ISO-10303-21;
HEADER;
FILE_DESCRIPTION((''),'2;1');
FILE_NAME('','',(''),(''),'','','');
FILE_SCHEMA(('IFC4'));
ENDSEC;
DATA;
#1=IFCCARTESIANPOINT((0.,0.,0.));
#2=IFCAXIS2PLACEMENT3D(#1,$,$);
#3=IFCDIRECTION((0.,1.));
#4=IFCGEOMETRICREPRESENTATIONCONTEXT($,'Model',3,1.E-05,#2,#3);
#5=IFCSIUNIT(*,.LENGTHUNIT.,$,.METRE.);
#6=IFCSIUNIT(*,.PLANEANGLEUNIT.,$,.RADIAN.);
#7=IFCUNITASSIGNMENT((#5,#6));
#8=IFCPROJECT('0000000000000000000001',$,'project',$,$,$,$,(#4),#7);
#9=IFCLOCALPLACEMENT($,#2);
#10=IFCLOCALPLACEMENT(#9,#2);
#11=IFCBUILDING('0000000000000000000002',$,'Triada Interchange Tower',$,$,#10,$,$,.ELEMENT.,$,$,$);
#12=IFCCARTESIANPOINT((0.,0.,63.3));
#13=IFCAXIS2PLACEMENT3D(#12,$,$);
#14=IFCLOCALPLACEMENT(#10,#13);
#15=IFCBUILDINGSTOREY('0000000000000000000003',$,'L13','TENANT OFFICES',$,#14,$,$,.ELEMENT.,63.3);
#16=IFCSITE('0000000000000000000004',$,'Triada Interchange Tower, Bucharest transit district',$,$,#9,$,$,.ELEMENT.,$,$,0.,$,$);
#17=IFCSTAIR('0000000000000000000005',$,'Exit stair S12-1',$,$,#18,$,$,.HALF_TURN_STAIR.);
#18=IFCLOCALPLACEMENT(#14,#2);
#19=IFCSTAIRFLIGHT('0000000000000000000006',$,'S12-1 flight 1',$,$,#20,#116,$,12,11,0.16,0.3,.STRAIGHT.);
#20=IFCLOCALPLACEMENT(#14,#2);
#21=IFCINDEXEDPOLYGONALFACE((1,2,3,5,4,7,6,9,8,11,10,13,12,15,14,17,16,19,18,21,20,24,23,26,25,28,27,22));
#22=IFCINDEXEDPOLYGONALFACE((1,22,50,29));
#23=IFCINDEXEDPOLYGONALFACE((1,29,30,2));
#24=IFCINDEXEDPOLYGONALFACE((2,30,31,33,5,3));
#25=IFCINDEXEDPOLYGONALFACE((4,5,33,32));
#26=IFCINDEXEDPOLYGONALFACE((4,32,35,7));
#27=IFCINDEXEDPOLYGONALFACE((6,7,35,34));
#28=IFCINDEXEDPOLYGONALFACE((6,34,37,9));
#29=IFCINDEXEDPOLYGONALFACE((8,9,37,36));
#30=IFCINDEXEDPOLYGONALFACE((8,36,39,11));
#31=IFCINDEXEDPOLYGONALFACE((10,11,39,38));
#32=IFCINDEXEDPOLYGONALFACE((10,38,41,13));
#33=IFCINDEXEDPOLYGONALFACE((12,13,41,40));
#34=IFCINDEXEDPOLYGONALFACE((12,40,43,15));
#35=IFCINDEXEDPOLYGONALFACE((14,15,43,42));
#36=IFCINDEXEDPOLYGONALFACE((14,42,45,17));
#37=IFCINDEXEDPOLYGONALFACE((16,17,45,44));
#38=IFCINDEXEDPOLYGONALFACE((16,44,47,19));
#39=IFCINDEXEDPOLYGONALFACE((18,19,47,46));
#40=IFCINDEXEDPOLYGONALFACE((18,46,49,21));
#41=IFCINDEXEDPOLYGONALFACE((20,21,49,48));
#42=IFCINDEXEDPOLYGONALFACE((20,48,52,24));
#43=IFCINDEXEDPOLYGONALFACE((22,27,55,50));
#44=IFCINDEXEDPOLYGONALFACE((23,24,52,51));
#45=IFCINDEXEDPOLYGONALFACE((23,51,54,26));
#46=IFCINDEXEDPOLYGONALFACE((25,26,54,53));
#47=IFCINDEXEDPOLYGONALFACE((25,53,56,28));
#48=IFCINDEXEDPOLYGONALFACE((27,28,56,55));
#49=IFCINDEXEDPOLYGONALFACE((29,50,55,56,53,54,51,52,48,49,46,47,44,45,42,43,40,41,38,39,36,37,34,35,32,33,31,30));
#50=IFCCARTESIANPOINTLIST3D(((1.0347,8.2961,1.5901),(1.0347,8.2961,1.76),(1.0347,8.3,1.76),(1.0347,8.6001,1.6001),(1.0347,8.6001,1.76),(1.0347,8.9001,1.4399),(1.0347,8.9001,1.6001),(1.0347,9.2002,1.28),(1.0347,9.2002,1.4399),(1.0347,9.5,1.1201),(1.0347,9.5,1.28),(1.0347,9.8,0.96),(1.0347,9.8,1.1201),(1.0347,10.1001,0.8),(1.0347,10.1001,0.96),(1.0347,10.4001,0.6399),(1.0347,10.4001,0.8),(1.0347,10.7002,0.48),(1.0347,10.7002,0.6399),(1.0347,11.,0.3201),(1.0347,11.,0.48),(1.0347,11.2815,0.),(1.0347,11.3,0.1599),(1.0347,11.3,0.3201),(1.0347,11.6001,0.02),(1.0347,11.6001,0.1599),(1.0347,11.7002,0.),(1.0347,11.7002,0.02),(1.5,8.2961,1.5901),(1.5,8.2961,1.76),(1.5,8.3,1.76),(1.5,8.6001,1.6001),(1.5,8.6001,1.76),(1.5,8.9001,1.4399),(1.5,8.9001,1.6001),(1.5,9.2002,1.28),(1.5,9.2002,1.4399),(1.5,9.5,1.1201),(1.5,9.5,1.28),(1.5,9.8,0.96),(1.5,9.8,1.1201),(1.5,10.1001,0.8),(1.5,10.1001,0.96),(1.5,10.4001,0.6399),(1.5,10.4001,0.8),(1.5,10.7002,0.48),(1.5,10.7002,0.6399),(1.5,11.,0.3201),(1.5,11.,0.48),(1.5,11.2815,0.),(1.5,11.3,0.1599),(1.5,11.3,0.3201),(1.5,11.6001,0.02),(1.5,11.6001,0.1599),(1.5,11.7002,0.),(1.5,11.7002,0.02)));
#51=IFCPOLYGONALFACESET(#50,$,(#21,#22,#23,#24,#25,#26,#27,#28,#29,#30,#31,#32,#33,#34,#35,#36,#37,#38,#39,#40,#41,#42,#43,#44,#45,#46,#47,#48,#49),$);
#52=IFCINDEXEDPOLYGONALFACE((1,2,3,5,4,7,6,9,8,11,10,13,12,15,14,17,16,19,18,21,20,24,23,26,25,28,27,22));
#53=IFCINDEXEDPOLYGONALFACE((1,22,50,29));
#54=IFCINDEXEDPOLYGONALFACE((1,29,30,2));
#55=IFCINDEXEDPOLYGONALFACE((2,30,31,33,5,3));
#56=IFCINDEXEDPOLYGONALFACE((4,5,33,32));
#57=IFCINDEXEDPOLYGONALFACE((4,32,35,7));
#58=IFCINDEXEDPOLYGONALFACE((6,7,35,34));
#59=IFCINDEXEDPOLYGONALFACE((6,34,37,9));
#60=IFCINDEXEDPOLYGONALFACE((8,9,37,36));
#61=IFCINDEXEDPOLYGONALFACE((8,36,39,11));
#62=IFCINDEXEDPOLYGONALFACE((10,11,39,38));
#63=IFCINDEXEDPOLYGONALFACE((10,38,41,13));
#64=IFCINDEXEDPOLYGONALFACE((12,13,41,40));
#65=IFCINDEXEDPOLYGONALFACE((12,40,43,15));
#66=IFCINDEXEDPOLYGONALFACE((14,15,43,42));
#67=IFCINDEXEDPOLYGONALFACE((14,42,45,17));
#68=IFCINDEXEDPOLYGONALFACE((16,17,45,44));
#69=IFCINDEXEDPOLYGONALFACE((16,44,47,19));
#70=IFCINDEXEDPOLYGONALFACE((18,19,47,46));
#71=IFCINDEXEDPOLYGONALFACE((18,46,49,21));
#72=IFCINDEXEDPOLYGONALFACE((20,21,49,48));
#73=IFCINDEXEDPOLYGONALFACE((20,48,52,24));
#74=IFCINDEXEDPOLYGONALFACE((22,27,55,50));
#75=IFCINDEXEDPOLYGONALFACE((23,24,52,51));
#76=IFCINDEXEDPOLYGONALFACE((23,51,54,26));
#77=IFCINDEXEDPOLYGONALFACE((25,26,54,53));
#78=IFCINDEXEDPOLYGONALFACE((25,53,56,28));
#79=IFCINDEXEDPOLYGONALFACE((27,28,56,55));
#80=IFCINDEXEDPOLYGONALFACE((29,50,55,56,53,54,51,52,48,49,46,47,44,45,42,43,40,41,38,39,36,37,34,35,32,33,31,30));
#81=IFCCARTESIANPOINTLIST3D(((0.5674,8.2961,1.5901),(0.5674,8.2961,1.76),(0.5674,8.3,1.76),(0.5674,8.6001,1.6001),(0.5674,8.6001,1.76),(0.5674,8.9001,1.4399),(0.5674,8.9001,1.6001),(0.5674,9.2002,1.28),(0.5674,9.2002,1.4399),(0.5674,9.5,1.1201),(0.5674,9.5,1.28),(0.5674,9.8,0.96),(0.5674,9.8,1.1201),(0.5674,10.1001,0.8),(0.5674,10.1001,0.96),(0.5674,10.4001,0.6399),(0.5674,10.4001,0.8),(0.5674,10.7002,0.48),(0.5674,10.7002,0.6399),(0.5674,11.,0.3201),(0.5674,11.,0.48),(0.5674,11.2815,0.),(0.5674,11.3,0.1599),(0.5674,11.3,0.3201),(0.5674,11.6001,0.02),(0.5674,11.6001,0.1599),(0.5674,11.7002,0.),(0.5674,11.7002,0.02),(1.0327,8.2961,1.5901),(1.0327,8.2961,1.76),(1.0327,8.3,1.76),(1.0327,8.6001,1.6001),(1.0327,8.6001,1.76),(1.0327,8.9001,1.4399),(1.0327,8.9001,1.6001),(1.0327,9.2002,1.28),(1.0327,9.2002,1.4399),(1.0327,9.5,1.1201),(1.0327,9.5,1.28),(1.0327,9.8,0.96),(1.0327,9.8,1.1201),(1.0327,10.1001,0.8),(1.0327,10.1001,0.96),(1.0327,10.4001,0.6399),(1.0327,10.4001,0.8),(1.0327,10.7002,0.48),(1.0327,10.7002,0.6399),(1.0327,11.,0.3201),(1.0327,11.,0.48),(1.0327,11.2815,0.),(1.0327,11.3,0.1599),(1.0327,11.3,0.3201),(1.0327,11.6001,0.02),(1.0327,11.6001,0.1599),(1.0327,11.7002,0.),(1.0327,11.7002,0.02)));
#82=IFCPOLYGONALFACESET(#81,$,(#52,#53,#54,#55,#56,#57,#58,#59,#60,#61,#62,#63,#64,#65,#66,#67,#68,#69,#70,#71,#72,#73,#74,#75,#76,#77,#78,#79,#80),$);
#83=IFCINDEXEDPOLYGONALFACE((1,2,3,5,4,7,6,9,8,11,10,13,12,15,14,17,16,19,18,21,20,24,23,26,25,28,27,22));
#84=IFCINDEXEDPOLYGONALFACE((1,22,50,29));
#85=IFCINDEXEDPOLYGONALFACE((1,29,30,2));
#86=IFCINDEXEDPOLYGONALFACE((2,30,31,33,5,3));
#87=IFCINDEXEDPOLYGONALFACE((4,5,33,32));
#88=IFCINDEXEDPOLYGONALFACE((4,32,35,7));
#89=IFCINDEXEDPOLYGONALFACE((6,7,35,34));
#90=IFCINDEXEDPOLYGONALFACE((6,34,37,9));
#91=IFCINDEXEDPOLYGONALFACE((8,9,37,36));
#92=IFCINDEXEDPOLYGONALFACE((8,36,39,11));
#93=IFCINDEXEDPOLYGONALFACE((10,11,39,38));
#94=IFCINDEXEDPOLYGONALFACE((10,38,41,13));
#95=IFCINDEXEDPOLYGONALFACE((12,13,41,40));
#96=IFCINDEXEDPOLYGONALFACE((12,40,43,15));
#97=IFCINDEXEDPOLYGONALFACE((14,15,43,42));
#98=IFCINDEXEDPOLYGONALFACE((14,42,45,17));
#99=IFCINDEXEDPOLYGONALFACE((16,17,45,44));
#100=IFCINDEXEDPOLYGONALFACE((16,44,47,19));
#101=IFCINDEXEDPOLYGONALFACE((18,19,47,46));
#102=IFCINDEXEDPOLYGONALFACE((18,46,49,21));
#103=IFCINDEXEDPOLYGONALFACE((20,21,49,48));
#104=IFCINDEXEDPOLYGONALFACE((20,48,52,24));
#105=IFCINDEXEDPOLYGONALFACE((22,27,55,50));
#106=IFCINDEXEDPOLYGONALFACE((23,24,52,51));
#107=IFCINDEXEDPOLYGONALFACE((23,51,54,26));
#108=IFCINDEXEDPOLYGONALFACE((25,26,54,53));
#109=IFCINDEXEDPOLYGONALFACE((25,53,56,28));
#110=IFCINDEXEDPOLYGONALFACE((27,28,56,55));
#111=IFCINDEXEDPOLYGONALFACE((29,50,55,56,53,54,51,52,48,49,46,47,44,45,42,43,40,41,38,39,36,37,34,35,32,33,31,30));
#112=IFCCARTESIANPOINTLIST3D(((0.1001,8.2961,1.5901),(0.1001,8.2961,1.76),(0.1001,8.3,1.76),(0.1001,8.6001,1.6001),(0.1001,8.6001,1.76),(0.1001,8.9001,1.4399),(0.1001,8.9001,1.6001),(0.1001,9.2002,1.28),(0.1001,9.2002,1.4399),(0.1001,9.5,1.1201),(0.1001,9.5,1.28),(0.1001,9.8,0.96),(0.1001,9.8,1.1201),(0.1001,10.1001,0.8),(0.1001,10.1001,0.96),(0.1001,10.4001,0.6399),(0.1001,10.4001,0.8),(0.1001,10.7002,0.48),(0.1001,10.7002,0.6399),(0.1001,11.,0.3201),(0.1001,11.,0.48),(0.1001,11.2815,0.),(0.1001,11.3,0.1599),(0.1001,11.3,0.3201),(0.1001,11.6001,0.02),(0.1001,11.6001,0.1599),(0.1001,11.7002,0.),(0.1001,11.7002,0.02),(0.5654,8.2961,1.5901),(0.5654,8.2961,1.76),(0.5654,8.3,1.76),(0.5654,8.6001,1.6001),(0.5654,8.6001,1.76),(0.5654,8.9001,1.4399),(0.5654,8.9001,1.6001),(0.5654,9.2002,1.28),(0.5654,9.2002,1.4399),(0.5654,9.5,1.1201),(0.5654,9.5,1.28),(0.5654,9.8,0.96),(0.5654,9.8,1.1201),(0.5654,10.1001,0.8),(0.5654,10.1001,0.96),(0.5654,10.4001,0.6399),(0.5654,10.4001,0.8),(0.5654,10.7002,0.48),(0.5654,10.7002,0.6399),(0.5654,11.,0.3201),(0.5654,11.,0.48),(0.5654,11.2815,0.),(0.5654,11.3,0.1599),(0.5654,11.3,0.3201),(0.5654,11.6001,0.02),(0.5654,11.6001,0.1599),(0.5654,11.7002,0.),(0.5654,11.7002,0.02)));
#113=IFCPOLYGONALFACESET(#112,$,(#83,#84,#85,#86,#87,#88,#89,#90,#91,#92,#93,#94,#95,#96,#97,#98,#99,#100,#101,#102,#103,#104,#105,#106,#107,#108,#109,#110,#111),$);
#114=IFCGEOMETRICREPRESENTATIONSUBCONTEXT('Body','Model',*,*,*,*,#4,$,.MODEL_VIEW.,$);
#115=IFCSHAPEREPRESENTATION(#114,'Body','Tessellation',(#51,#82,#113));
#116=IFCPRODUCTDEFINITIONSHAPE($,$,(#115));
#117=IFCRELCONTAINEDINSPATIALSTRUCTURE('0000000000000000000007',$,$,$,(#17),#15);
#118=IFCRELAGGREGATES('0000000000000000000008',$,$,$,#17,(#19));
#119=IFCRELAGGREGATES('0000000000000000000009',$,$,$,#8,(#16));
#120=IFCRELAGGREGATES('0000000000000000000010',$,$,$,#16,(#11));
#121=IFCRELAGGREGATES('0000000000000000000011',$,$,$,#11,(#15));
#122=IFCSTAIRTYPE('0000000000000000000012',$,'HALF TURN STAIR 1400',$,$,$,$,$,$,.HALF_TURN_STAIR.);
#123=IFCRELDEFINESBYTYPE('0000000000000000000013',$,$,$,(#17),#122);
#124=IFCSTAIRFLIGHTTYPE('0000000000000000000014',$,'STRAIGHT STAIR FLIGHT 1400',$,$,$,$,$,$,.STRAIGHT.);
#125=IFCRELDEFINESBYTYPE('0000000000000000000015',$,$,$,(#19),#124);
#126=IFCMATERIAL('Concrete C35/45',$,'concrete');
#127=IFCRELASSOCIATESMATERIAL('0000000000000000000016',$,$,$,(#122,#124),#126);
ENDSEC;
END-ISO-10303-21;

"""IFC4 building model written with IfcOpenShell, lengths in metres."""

from ifc_helpers import new_model, si_unit, direction, frame, origin, place, context, subcontext, project, spatial, polyline, outline, extrude, material, type_object, element, aggregate, save


model = new_model("IFC4")

# Units and contexts
model_context = context("Model", 3, precision=1e-05, world=origin(), true_north=direction((0.0, 1.0)))
body_context = subcontext(model_context, "Body", "Model", "MODEL_VIEW")
ifc_project = project(units=[si_unit("LENGTHUNIT", "METRE"), si_unit("PLANEANGLEUNIT", "RADIAN")], contexts=[model_context])

# Site, building, storey
site_placement = place(None, origin())
site = spatial("IfcSite", under=ifc_project, at=site_placement, Name="Triada Interchange Tower, Bucharest transit district", CompositionType="ELEMENT", RefElevation=0.0)
building_placement = place(site_placement, origin())
building = spatial("IfcBuilding", under=site, at=building_placement, Name="Triada Interchange Tower", CompositionType="ELEMENT")
storey_placement = place(building_placement, frame((0.0, 0.0, 63.3)))
storey = spatial("IfcBuildingStorey", under=building, at=storey_placement, Name="L13", Description="TENANT OFFICES", CompositionType="ELEMENT", Elevation=63.3)

# Stair
ifc_material_1 = material(Name="Concrete C35/45", Category="concrete")
stair_type = type_object("IfcStairType", Name="HALF TURN STAIR 1400", PredefinedType="HALF_TURN_STAIR", material=ifc_material_1)
stair_1_placement = place(storey_placement, origin())
stair_1 = element("IfcStair", 1, at=stair_1_placement, inside=storey, type_object=stair_type, Name="Exit stair S12-1", PredefinedType="HALF_TURN_STAIR")

# Stair flight
stair_flight_type = type_object("IfcStairFlightType", Name="STRAIGHT STAIR FLIGHT 1400", PredefinedType="STRAIGHT", material=ifc_material_1)
stair_flight_placement = place(storey_placement, frame((0.8, 11.6001, 0.0), z_axis=(0.0, 0.0, 1.0), x_axis=(0.0, -1.0, 0.0)))
stair_flight = element("IfcStairFlight", 2, at=stair_flight_placement, type_object=stair_flight_type, Name="S12-1 flight 1", NumberOfRisers=12, NumberOfTreads=11, PredefinedType="STRAIGHT", RiserHeight=0.16, TreadLength=0.3, context=body_context, shape_type="SweptSolid", body=[
    extrude(outline(polyline([(-0.1001, 0.0), (-0.1001, 0.02), (0.0, 0.02), (0.0, 0.1599), (0.3, 0.1599), (0.3, 0.3201), (0.6001, 0.3201), (0.6001, 0.48), (0.8999, 0.48), (0.8999, 0.6399), (1.2, 0.6399), (1.2, 0.8), (1.5, 0.8), (1.5, 0.96), (1.8, 0.96), (1.8, 1.1201), (2.1001, 1.1201), (2.1001, 1.28), (2.3999, 1.28), (2.3999, 1.4399), (2.7, 1.4399), (2.7, 1.6001), (3.0, 1.6001), (3.0, 1.76), (3.3, 1.76), (3.304, 1.76), (3.304, 1.9199), (3.304, 1.5901), (0.3186, 0.0), (-0.1001, 0.0)])), frame((0.0, 0.7, 0.0), z_axis=(0.0, -1.0, 0.0), x_axis=(1.0, 0.0, 0.0)), (0.0, 0.0, 1.0), 0.4653),
    extrude(outline(polyline([(-0.1001, 0.0), (-0.1001, 0.02), (0.0, 0.02), (0.0, 0.1599), (0.3, 0.1599), (0.3, 0.3201), (0.6001, 0.3201), (0.6001, 0.48), (0.8999, 0.48), (0.8999, 0.6399), (1.2, 0.6399), (1.2, 0.8), (1.5, 0.8), (1.5, 0.96), (1.8, 0.96), (1.8, 1.1201), (2.1001, 1.1201), (2.1001, 1.28), (2.3999, 1.28), (2.3999, 1.4399), (2.7, 1.4399), (2.7, 1.6001), (3.0, 1.6001), (3.0, 1.76), (3.3, 1.76), (3.304, 1.76), (3.304, 1.9199), (3.304, 1.5901), (0.3186, 0.0), (-0.1001, 0.0)])), frame((0.0, 0.2327, 0.0), z_axis=(0.0, -1.0, 0.0), x_axis=(1.0, 0.0, 0.0)), (0.0, 0.0, 1.0), 0.4653),
    extrude(outline(polyline([(-0.1001, 0.0), (-0.1001, 0.02), (0.0, 0.02), (0.0, 0.1599), (0.3, 0.1599), (0.3, 0.3201), (0.6001, 0.3201), (0.6001, 0.48), (0.8999, 0.48), (0.8999, 0.6399), (1.2, 0.6399), (1.2, 0.8), (1.5, 0.8), (1.5, 0.96), (1.8, 0.96), (1.8, 1.1201), (2.1001, 1.1201), (2.1001, 1.28), (2.3999, 1.28), (2.3999, 1.4399), (2.7, 1.4399), (2.7, 1.6001), (3.0, 1.6001), (3.0, 1.76), (3.3, 1.76), (3.304, 1.76), (3.304, 1.9199), (3.304, 1.5901), (0.3186, 0.0), (-0.1001, 0.0)])), frame((0.0, -0.2346, 0.0), z_axis=(0.0, -1.0, 0.0), x_axis=(1.0, 0.0, 0.0)), (0.0, 0.0, 1.0), 0.4653),
])

aggregate(stair_1, [stair_flight])

save(model, "model.ifc")
